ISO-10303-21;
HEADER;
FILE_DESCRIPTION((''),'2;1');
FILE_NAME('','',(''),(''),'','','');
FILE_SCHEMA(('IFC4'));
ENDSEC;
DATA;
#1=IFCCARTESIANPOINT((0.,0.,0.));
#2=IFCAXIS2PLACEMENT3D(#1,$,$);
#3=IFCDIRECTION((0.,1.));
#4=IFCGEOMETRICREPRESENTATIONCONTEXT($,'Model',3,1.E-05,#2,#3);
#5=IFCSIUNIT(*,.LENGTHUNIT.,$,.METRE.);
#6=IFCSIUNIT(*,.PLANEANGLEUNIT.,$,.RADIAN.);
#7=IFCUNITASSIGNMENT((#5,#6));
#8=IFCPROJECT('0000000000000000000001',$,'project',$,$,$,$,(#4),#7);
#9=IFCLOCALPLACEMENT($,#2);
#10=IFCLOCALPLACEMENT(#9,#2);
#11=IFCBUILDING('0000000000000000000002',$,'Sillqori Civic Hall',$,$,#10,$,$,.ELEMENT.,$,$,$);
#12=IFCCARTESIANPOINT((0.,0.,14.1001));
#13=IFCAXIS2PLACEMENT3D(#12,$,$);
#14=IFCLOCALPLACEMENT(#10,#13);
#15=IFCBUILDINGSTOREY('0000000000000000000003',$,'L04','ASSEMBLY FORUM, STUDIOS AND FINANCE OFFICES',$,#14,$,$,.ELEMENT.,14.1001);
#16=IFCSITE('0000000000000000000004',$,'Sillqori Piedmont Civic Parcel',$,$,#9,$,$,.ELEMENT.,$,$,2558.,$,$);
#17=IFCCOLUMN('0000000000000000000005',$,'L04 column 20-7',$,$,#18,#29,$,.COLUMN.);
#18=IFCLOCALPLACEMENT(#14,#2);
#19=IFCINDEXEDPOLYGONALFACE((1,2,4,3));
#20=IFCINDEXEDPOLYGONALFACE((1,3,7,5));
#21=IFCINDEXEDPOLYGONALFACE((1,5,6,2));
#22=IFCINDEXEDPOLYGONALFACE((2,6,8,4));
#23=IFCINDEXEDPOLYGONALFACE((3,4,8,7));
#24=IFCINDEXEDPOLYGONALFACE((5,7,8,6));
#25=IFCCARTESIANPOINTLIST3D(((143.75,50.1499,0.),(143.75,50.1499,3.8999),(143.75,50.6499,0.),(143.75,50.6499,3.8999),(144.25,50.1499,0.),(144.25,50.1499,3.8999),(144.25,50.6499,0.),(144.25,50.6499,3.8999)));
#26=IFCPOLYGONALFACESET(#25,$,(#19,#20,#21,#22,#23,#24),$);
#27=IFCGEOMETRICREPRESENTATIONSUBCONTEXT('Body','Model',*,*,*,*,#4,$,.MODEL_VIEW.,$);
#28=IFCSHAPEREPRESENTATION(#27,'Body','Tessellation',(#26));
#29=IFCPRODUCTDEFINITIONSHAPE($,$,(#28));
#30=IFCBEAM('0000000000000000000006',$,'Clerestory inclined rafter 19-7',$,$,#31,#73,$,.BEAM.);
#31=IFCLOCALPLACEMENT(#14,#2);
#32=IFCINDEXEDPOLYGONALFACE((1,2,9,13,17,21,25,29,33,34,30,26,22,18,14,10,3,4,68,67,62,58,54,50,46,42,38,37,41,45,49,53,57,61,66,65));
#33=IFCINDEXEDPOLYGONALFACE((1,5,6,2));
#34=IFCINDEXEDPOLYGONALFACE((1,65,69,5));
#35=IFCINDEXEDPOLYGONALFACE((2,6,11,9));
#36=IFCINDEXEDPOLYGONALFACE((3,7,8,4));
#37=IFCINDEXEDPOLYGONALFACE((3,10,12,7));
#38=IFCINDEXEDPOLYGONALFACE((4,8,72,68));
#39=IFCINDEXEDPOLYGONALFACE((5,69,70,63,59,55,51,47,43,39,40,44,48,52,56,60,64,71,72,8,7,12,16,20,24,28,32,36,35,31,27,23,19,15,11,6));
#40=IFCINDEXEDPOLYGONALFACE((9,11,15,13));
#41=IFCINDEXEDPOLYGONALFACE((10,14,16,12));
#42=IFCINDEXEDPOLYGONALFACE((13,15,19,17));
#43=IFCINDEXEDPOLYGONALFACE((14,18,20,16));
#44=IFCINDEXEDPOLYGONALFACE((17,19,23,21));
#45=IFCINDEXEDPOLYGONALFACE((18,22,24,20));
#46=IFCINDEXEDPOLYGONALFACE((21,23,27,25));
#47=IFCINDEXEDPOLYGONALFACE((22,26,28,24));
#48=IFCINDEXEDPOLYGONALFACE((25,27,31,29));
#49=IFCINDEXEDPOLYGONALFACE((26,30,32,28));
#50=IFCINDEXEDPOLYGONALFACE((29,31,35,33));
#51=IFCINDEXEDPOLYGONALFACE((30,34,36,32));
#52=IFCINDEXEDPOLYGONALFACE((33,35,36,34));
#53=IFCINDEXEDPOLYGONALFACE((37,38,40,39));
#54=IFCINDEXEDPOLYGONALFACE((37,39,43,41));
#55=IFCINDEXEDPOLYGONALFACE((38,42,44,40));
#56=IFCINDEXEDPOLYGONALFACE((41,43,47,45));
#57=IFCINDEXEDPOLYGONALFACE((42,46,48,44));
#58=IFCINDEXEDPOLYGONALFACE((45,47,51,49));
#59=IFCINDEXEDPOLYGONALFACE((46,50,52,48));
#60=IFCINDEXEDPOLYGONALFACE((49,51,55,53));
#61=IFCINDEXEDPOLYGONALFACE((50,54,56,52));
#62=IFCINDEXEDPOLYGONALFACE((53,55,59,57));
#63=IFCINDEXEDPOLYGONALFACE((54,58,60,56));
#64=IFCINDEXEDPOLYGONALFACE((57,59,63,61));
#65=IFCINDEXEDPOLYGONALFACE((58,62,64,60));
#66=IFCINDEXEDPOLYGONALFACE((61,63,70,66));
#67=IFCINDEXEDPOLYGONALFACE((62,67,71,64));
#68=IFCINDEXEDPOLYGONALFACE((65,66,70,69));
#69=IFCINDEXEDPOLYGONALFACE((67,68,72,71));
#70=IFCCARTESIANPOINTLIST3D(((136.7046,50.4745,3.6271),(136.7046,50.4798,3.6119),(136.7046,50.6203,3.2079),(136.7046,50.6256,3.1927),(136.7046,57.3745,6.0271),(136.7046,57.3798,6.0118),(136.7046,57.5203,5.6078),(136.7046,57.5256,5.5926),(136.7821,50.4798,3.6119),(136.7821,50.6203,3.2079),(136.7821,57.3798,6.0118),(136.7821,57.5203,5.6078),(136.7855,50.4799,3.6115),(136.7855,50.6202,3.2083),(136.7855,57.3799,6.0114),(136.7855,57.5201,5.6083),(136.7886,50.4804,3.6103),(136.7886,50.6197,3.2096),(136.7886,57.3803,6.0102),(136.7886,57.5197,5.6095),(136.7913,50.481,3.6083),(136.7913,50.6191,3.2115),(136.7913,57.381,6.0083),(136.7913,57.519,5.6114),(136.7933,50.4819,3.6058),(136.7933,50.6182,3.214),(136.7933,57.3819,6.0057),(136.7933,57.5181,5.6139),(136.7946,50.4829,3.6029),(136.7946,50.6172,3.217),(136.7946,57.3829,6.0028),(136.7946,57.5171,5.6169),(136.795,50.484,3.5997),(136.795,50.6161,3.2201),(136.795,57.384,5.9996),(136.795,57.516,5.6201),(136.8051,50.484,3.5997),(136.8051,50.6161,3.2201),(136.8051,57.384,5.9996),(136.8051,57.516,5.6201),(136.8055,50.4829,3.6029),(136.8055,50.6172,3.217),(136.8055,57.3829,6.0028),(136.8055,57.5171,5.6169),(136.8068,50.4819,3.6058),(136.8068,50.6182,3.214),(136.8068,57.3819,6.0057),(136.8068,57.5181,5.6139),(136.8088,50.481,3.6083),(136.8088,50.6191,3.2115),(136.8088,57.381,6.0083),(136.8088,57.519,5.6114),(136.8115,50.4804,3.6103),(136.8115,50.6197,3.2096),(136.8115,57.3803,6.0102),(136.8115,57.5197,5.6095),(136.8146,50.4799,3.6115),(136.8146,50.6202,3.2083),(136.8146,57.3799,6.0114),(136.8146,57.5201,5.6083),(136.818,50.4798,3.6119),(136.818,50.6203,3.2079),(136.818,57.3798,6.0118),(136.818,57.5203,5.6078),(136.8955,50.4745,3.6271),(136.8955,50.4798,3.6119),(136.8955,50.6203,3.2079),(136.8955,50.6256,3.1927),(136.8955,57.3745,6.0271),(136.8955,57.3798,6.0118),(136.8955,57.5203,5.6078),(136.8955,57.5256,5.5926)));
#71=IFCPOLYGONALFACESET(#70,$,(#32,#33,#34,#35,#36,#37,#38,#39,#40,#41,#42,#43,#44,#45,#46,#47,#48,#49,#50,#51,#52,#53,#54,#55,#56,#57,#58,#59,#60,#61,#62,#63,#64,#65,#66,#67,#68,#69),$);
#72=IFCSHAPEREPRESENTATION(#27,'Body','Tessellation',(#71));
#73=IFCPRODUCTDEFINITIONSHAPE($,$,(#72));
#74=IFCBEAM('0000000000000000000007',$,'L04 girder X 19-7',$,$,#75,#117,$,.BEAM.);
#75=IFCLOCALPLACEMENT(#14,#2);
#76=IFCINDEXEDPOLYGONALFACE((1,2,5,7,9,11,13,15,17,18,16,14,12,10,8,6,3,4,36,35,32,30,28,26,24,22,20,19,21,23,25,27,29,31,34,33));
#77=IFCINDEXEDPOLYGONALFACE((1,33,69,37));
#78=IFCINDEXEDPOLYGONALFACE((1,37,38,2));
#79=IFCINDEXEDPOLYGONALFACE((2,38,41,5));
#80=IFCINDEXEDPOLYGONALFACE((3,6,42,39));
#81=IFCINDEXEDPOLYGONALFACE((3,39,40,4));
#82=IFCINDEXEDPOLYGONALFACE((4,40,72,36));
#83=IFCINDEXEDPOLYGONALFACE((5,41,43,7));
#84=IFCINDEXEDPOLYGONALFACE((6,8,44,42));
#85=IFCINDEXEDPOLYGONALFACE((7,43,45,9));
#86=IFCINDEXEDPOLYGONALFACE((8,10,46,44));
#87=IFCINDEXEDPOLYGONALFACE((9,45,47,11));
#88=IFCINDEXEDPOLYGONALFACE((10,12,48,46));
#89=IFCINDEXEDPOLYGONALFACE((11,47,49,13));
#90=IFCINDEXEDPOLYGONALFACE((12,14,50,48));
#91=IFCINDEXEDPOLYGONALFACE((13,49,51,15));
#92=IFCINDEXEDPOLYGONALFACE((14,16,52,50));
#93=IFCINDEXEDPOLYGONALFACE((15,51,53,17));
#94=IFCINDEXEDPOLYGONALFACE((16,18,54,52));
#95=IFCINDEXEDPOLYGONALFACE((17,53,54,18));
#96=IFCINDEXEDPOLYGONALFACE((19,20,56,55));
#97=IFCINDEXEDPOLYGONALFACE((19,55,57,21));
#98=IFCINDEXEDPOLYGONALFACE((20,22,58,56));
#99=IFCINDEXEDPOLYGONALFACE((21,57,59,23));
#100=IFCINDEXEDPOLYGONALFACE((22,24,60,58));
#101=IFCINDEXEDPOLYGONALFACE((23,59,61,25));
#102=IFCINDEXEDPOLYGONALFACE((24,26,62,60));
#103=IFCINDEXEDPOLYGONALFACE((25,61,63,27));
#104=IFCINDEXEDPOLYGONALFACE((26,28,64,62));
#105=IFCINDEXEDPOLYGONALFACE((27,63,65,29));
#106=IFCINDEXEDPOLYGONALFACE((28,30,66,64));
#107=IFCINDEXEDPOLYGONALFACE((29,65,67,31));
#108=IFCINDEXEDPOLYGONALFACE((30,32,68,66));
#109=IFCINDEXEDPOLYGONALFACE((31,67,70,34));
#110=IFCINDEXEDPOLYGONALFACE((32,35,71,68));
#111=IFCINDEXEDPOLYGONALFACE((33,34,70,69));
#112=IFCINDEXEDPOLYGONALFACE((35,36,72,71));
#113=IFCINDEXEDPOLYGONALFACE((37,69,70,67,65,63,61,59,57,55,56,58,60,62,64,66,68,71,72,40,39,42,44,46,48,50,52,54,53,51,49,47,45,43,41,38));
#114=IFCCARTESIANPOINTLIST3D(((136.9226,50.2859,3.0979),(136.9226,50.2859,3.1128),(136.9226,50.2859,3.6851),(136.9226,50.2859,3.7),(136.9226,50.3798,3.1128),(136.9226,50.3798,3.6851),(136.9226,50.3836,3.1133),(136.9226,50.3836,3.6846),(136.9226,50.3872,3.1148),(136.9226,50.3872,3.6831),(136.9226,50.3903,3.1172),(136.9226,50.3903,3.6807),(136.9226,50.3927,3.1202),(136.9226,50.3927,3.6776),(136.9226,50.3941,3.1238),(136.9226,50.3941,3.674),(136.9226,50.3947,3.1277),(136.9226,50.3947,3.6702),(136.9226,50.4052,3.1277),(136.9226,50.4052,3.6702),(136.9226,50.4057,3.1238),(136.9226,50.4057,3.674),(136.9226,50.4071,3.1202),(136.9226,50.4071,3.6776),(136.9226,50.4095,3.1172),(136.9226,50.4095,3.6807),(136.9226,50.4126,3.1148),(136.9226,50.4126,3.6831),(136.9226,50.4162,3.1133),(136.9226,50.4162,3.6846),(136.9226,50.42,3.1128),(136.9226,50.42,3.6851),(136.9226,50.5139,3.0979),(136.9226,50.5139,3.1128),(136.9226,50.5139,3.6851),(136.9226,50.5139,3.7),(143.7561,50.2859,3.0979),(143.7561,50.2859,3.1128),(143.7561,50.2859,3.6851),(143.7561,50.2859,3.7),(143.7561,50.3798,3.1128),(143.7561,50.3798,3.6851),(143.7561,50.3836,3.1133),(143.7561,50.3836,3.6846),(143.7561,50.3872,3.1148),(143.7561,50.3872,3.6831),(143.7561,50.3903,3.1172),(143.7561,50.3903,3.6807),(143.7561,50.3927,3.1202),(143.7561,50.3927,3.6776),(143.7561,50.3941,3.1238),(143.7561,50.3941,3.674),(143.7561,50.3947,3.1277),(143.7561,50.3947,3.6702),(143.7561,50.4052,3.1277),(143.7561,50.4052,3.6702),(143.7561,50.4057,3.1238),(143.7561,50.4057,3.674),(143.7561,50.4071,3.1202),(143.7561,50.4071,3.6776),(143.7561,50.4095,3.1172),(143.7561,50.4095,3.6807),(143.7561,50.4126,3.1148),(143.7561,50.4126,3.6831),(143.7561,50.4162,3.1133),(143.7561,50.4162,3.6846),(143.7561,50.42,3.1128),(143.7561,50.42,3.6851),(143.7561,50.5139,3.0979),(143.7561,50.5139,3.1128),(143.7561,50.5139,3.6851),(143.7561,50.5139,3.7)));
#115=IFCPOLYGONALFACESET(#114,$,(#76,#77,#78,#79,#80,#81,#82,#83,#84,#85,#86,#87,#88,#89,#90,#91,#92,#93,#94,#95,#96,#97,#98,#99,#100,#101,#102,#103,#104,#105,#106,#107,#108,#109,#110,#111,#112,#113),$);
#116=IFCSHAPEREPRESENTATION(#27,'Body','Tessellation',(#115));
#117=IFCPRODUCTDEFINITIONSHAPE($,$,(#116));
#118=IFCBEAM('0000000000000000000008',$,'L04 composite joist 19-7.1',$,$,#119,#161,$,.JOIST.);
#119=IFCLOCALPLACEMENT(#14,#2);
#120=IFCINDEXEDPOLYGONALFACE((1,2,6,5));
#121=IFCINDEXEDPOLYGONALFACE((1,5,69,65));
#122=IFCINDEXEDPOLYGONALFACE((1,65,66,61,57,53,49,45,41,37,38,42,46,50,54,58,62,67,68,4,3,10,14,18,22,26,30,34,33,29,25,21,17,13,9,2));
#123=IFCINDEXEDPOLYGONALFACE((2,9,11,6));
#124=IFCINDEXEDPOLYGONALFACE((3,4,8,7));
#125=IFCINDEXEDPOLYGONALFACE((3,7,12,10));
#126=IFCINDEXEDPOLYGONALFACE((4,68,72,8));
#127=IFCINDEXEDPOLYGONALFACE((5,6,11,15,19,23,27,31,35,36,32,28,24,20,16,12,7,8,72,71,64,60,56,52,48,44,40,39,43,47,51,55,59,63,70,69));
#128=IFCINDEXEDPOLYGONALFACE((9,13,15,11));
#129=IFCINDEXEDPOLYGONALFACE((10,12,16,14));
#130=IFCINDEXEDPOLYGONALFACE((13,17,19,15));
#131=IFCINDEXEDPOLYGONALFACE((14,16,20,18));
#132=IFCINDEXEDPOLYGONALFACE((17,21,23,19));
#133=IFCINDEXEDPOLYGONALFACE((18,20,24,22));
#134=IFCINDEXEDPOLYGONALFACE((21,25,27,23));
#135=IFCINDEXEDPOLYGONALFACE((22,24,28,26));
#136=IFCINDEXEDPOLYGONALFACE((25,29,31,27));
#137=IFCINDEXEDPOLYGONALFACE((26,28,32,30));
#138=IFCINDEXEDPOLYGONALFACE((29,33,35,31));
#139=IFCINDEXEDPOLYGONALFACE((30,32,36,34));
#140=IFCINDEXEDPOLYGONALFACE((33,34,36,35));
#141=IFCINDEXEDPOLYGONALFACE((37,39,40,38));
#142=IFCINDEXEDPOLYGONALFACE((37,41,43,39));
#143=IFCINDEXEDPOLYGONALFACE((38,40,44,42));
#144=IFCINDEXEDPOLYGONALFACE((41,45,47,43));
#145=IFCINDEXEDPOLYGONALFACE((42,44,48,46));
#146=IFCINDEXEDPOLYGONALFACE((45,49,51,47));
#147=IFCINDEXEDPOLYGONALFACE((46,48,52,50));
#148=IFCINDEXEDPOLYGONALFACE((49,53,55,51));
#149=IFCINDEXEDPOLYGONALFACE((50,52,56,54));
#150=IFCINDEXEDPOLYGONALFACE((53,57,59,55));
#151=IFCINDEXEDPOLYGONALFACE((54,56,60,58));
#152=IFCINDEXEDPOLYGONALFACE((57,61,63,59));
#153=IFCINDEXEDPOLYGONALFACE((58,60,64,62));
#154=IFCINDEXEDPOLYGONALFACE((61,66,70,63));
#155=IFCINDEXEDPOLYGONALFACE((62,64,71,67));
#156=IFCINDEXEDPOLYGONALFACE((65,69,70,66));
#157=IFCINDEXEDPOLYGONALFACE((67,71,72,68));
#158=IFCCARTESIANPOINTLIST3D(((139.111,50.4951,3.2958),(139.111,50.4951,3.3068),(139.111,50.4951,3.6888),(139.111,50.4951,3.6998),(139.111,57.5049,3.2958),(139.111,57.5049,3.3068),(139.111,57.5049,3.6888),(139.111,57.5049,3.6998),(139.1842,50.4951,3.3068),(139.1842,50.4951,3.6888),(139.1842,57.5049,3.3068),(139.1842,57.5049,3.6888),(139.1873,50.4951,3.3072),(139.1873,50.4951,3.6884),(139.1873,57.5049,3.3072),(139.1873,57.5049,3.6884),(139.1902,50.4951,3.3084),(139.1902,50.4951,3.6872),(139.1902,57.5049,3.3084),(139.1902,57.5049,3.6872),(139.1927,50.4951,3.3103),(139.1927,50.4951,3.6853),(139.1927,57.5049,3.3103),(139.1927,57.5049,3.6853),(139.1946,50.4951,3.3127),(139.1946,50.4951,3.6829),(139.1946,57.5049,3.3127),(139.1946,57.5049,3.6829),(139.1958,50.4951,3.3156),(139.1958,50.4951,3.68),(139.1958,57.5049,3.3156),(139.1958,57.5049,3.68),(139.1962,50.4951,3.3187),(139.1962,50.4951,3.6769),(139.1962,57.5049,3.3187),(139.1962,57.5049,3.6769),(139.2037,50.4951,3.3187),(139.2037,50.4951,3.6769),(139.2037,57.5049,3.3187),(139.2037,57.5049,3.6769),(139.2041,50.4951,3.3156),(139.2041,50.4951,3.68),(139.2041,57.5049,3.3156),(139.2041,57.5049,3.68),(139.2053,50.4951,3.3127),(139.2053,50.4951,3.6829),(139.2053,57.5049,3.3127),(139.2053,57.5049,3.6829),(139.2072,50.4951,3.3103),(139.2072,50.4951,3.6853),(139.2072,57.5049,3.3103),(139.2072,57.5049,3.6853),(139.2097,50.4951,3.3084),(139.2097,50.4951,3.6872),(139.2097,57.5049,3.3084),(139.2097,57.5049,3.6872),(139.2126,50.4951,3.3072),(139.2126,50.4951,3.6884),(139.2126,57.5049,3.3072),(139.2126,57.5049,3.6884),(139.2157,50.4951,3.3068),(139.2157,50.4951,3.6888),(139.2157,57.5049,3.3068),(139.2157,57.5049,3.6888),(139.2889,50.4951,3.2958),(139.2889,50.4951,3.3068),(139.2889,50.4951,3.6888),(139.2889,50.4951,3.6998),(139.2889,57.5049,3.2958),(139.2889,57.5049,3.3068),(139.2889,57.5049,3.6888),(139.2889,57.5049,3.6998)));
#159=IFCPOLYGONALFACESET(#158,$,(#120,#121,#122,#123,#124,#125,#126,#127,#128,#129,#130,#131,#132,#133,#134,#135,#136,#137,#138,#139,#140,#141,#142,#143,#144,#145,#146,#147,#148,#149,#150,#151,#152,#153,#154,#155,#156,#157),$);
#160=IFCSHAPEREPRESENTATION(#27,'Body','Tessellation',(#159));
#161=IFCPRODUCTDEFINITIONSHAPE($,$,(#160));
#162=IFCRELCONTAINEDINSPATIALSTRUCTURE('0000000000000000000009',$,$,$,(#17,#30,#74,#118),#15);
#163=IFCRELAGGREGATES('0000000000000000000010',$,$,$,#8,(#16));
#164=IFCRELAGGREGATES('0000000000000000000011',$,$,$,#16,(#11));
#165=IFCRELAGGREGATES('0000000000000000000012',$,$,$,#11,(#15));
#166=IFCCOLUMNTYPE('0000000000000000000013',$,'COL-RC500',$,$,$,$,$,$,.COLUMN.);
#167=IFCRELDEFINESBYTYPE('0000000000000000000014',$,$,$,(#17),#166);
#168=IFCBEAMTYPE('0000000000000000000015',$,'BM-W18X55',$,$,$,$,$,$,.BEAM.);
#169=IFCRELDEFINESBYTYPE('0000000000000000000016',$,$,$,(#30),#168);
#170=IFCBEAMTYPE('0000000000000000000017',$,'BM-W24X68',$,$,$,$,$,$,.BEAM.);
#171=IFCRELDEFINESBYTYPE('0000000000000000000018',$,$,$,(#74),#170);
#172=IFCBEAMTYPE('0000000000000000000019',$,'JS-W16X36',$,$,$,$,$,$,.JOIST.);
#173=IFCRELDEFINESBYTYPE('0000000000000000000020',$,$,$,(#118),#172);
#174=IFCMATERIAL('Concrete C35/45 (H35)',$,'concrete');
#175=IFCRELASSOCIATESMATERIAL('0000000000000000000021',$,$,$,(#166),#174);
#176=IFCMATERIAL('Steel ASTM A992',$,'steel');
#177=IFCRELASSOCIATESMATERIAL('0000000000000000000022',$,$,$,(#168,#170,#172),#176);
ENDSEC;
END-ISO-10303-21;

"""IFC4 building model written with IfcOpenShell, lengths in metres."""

from ifc_helpers import new_model, si_unit, direction, frame, origin, origin_2d, place, context, subcontext, project, spatial, rectangle, i_section, extrude, material, material_profile, profile_set, type_object, element, save


model = new_model("IFC4")

# Units and contexts
model_context = context("Model", 3, precision=1e-05, world=origin(), true_north=direction((0.0, 1.0)))
body_context = subcontext(model_context, "Body", "Model", "MODEL_VIEW")
ifc_project = project(units=[si_unit("LENGTHUNIT", "METRE"), si_unit("PLANEANGLEUNIT", "RADIAN")], contexts=[model_context])

# Site, building, storey
site_placement = place(None, origin())
site = spatial("IfcSite", under=ifc_project, at=site_placement, Name="Sillqori Piedmont Civic Parcel", CompositionType="ELEMENT", RefElevation=2558.0)
building_placement = place(site_placement, origin())
building = spatial("IfcBuilding", under=site, at=building_placement, Name="Sillqori Civic Hall", CompositionType="ELEMENT")
storey_placement = place(building_placement, frame((0.0, 0.0, 14.1001)))
storey = spatial("IfcBuildingStorey", under=building, at=storey_placement, Name="L04", Description="ASSEMBLY FORUM, STUDIOS AND FINANCE OFFICES", CompositionType="ELEMENT", Elevation=14.1001)

# Column
ifc_material_1 = material(Name="Concrete C35/45 (H35)", Category="concrete")
ifc_material_profile_1 = material_profile(ifc_material_1, rectangle(XDim=0.5, YDim=0.5, at=origin_2d()), Name="RC 500x500")
ifc_profile_set_1 = profile_set([ifc_material_profile_1], Name="Concrete C35/45 (H35)")
column_type = type_object("IfcColumnType", Name="COL-RC500", PredefinedType="COLUMN", material=ifc_profile_set_1)
column_placement = place(storey_placement, frame((144.0, 50.3999, 0.0), z_axis=(0.0, 0.0, 1.0), x_axis=(1.0, 0.0, 0.0)))
element("IfcColumn", 1, at=column_placement, inside=storey, type_object=column_type, Name="L04 column 20-7", PredefinedType="COLUMN", context=body_context, shape_type="SweptSolid", body=[
    extrude(rectangle(XDim=0.5, YDim=0.5, at=origin_2d()), origin(), (0.0, 0.0, 1.0), 3.8999),
])

# Beams
ifc_material_2 = material(Name="Steel ASTM A992", Category="steel")
ifc_material_profile_2 = material_profile(ifc_material_2, i_section(OverallWidth=0.1909, OverallDepth=0.46, WebThickness=0.01, FlangeThickness=0.0161, FilletRadius=0.0129, at=origin_2d()), Name="W18X55")
ifc_profile_set_2 = profile_set([ifc_material_profile_2], Name="Steel ASTM A992")
beam_type_1 = type_object("IfcBeamType", Name="BM-W18X55", PredefinedType="BEAM", material=ifc_profile_set_2)
beam_1_placement = place(storey_placement, frame((136.8, 50.55, 3.4099), z_axis=(0.0, 0.9445, 0.328513), x_axis=(-1.0, 0.0, 0.0)))
element("IfcBeam", 2, at=beam_1_placement, inside=storey, type_object=beam_type_1, Name="Clerestory inclined rafter 19-7", PredefinedType="BEAM", context=body_context, shape_type="SweptSolid", body=[
    extrude(i_section(OverallWidth=0.1909, OverallDepth=0.46, WebThickness=0.01, FlangeThickness=0.0161, FilletRadius=0.0129, at=origin_2d()), origin(), (0.0, 0.0, 1.0), 7.3054),
])
ifc_material_profile_3 = material_profile(ifc_material_2, i_section(OverallWidth=0.228, OverallDepth=0.6021, WebThickness=0.0105, FlangeThickness=0.0149, FilletRadius=0.0149, at=origin_2d()), Name="W24X68")
ifc_profile_set_3 = profile_set([ifc_material_profile_3], Name="Steel ASTM A992")
beam_type_2 = type_object("IfcBeamType", Name="BM-W24X68", PredefinedType="BEAM", material=ifc_profile_set_3)
beam_2_placement = place(storey_placement, frame((136.9226, 50.3999, 3.3989), z_axis=(1.0, 0.0, 0.0), x_axis=(0.0, 1.0, 0.0)))
element("IfcBeam", 3, at=beam_2_placement, inside=storey, type_object=beam_type_2, Name="L04 girder X 19-7", PredefinedType="BEAM", context=body_context, shape_type="SweptSolid", body=[
    extrude(i_section(OverallWidth=0.228, OverallDepth=0.6021, WebThickness=0.0105, FlangeThickness=0.0149, FilletRadius=0.0149, at=origin_2d()), origin(), (0.0, 0.0, 1.0), 6.8335),
])
ifc_material_profile_4 = material_profile(ifc_material_2, i_section(OverallWidth=0.178, OverallDepth=0.4041, WebThickness=0.0076, FlangeThickness=0.011, FilletRadius=0.012, at=origin_2d()), Name="W16X36")
ifc_profile_set_4 = profile_set([ifc_material_profile_4], Name="Steel ASTM A992")
beam_type_3 = type_object("IfcBeamType", Name="JS-W16X36", PredefinedType="JOIST", material=ifc_profile_set_4)
for number, where, z_axis, x_axis, name in (
    (4, (139.2, 50.4951, 3.4978), (0.0, 1.0, 0.0), (-1.0, 0.0, 0.0), "L04 composite joist 19-7.1"),
):
    element("IfcBeam", number, at=place(storey_placement, frame(where, z_axis=z_axis, x_axis=x_axis)), inside=storey, type_object=beam_type_3, Name=name, PredefinedType="JOIST", context=body_context, shape_type="SweptSolid", body=[
        extrude(i_section(OverallWidth=0.178, OverallDepth=0.4041, WebThickness=0.0076, FlangeThickness=0.011, FilletRadius=0.012, at=origin_2d()), origin(), (0.0, 0.0, 1.0), 7.0098),
    ])

save(model, "model.ifc")
